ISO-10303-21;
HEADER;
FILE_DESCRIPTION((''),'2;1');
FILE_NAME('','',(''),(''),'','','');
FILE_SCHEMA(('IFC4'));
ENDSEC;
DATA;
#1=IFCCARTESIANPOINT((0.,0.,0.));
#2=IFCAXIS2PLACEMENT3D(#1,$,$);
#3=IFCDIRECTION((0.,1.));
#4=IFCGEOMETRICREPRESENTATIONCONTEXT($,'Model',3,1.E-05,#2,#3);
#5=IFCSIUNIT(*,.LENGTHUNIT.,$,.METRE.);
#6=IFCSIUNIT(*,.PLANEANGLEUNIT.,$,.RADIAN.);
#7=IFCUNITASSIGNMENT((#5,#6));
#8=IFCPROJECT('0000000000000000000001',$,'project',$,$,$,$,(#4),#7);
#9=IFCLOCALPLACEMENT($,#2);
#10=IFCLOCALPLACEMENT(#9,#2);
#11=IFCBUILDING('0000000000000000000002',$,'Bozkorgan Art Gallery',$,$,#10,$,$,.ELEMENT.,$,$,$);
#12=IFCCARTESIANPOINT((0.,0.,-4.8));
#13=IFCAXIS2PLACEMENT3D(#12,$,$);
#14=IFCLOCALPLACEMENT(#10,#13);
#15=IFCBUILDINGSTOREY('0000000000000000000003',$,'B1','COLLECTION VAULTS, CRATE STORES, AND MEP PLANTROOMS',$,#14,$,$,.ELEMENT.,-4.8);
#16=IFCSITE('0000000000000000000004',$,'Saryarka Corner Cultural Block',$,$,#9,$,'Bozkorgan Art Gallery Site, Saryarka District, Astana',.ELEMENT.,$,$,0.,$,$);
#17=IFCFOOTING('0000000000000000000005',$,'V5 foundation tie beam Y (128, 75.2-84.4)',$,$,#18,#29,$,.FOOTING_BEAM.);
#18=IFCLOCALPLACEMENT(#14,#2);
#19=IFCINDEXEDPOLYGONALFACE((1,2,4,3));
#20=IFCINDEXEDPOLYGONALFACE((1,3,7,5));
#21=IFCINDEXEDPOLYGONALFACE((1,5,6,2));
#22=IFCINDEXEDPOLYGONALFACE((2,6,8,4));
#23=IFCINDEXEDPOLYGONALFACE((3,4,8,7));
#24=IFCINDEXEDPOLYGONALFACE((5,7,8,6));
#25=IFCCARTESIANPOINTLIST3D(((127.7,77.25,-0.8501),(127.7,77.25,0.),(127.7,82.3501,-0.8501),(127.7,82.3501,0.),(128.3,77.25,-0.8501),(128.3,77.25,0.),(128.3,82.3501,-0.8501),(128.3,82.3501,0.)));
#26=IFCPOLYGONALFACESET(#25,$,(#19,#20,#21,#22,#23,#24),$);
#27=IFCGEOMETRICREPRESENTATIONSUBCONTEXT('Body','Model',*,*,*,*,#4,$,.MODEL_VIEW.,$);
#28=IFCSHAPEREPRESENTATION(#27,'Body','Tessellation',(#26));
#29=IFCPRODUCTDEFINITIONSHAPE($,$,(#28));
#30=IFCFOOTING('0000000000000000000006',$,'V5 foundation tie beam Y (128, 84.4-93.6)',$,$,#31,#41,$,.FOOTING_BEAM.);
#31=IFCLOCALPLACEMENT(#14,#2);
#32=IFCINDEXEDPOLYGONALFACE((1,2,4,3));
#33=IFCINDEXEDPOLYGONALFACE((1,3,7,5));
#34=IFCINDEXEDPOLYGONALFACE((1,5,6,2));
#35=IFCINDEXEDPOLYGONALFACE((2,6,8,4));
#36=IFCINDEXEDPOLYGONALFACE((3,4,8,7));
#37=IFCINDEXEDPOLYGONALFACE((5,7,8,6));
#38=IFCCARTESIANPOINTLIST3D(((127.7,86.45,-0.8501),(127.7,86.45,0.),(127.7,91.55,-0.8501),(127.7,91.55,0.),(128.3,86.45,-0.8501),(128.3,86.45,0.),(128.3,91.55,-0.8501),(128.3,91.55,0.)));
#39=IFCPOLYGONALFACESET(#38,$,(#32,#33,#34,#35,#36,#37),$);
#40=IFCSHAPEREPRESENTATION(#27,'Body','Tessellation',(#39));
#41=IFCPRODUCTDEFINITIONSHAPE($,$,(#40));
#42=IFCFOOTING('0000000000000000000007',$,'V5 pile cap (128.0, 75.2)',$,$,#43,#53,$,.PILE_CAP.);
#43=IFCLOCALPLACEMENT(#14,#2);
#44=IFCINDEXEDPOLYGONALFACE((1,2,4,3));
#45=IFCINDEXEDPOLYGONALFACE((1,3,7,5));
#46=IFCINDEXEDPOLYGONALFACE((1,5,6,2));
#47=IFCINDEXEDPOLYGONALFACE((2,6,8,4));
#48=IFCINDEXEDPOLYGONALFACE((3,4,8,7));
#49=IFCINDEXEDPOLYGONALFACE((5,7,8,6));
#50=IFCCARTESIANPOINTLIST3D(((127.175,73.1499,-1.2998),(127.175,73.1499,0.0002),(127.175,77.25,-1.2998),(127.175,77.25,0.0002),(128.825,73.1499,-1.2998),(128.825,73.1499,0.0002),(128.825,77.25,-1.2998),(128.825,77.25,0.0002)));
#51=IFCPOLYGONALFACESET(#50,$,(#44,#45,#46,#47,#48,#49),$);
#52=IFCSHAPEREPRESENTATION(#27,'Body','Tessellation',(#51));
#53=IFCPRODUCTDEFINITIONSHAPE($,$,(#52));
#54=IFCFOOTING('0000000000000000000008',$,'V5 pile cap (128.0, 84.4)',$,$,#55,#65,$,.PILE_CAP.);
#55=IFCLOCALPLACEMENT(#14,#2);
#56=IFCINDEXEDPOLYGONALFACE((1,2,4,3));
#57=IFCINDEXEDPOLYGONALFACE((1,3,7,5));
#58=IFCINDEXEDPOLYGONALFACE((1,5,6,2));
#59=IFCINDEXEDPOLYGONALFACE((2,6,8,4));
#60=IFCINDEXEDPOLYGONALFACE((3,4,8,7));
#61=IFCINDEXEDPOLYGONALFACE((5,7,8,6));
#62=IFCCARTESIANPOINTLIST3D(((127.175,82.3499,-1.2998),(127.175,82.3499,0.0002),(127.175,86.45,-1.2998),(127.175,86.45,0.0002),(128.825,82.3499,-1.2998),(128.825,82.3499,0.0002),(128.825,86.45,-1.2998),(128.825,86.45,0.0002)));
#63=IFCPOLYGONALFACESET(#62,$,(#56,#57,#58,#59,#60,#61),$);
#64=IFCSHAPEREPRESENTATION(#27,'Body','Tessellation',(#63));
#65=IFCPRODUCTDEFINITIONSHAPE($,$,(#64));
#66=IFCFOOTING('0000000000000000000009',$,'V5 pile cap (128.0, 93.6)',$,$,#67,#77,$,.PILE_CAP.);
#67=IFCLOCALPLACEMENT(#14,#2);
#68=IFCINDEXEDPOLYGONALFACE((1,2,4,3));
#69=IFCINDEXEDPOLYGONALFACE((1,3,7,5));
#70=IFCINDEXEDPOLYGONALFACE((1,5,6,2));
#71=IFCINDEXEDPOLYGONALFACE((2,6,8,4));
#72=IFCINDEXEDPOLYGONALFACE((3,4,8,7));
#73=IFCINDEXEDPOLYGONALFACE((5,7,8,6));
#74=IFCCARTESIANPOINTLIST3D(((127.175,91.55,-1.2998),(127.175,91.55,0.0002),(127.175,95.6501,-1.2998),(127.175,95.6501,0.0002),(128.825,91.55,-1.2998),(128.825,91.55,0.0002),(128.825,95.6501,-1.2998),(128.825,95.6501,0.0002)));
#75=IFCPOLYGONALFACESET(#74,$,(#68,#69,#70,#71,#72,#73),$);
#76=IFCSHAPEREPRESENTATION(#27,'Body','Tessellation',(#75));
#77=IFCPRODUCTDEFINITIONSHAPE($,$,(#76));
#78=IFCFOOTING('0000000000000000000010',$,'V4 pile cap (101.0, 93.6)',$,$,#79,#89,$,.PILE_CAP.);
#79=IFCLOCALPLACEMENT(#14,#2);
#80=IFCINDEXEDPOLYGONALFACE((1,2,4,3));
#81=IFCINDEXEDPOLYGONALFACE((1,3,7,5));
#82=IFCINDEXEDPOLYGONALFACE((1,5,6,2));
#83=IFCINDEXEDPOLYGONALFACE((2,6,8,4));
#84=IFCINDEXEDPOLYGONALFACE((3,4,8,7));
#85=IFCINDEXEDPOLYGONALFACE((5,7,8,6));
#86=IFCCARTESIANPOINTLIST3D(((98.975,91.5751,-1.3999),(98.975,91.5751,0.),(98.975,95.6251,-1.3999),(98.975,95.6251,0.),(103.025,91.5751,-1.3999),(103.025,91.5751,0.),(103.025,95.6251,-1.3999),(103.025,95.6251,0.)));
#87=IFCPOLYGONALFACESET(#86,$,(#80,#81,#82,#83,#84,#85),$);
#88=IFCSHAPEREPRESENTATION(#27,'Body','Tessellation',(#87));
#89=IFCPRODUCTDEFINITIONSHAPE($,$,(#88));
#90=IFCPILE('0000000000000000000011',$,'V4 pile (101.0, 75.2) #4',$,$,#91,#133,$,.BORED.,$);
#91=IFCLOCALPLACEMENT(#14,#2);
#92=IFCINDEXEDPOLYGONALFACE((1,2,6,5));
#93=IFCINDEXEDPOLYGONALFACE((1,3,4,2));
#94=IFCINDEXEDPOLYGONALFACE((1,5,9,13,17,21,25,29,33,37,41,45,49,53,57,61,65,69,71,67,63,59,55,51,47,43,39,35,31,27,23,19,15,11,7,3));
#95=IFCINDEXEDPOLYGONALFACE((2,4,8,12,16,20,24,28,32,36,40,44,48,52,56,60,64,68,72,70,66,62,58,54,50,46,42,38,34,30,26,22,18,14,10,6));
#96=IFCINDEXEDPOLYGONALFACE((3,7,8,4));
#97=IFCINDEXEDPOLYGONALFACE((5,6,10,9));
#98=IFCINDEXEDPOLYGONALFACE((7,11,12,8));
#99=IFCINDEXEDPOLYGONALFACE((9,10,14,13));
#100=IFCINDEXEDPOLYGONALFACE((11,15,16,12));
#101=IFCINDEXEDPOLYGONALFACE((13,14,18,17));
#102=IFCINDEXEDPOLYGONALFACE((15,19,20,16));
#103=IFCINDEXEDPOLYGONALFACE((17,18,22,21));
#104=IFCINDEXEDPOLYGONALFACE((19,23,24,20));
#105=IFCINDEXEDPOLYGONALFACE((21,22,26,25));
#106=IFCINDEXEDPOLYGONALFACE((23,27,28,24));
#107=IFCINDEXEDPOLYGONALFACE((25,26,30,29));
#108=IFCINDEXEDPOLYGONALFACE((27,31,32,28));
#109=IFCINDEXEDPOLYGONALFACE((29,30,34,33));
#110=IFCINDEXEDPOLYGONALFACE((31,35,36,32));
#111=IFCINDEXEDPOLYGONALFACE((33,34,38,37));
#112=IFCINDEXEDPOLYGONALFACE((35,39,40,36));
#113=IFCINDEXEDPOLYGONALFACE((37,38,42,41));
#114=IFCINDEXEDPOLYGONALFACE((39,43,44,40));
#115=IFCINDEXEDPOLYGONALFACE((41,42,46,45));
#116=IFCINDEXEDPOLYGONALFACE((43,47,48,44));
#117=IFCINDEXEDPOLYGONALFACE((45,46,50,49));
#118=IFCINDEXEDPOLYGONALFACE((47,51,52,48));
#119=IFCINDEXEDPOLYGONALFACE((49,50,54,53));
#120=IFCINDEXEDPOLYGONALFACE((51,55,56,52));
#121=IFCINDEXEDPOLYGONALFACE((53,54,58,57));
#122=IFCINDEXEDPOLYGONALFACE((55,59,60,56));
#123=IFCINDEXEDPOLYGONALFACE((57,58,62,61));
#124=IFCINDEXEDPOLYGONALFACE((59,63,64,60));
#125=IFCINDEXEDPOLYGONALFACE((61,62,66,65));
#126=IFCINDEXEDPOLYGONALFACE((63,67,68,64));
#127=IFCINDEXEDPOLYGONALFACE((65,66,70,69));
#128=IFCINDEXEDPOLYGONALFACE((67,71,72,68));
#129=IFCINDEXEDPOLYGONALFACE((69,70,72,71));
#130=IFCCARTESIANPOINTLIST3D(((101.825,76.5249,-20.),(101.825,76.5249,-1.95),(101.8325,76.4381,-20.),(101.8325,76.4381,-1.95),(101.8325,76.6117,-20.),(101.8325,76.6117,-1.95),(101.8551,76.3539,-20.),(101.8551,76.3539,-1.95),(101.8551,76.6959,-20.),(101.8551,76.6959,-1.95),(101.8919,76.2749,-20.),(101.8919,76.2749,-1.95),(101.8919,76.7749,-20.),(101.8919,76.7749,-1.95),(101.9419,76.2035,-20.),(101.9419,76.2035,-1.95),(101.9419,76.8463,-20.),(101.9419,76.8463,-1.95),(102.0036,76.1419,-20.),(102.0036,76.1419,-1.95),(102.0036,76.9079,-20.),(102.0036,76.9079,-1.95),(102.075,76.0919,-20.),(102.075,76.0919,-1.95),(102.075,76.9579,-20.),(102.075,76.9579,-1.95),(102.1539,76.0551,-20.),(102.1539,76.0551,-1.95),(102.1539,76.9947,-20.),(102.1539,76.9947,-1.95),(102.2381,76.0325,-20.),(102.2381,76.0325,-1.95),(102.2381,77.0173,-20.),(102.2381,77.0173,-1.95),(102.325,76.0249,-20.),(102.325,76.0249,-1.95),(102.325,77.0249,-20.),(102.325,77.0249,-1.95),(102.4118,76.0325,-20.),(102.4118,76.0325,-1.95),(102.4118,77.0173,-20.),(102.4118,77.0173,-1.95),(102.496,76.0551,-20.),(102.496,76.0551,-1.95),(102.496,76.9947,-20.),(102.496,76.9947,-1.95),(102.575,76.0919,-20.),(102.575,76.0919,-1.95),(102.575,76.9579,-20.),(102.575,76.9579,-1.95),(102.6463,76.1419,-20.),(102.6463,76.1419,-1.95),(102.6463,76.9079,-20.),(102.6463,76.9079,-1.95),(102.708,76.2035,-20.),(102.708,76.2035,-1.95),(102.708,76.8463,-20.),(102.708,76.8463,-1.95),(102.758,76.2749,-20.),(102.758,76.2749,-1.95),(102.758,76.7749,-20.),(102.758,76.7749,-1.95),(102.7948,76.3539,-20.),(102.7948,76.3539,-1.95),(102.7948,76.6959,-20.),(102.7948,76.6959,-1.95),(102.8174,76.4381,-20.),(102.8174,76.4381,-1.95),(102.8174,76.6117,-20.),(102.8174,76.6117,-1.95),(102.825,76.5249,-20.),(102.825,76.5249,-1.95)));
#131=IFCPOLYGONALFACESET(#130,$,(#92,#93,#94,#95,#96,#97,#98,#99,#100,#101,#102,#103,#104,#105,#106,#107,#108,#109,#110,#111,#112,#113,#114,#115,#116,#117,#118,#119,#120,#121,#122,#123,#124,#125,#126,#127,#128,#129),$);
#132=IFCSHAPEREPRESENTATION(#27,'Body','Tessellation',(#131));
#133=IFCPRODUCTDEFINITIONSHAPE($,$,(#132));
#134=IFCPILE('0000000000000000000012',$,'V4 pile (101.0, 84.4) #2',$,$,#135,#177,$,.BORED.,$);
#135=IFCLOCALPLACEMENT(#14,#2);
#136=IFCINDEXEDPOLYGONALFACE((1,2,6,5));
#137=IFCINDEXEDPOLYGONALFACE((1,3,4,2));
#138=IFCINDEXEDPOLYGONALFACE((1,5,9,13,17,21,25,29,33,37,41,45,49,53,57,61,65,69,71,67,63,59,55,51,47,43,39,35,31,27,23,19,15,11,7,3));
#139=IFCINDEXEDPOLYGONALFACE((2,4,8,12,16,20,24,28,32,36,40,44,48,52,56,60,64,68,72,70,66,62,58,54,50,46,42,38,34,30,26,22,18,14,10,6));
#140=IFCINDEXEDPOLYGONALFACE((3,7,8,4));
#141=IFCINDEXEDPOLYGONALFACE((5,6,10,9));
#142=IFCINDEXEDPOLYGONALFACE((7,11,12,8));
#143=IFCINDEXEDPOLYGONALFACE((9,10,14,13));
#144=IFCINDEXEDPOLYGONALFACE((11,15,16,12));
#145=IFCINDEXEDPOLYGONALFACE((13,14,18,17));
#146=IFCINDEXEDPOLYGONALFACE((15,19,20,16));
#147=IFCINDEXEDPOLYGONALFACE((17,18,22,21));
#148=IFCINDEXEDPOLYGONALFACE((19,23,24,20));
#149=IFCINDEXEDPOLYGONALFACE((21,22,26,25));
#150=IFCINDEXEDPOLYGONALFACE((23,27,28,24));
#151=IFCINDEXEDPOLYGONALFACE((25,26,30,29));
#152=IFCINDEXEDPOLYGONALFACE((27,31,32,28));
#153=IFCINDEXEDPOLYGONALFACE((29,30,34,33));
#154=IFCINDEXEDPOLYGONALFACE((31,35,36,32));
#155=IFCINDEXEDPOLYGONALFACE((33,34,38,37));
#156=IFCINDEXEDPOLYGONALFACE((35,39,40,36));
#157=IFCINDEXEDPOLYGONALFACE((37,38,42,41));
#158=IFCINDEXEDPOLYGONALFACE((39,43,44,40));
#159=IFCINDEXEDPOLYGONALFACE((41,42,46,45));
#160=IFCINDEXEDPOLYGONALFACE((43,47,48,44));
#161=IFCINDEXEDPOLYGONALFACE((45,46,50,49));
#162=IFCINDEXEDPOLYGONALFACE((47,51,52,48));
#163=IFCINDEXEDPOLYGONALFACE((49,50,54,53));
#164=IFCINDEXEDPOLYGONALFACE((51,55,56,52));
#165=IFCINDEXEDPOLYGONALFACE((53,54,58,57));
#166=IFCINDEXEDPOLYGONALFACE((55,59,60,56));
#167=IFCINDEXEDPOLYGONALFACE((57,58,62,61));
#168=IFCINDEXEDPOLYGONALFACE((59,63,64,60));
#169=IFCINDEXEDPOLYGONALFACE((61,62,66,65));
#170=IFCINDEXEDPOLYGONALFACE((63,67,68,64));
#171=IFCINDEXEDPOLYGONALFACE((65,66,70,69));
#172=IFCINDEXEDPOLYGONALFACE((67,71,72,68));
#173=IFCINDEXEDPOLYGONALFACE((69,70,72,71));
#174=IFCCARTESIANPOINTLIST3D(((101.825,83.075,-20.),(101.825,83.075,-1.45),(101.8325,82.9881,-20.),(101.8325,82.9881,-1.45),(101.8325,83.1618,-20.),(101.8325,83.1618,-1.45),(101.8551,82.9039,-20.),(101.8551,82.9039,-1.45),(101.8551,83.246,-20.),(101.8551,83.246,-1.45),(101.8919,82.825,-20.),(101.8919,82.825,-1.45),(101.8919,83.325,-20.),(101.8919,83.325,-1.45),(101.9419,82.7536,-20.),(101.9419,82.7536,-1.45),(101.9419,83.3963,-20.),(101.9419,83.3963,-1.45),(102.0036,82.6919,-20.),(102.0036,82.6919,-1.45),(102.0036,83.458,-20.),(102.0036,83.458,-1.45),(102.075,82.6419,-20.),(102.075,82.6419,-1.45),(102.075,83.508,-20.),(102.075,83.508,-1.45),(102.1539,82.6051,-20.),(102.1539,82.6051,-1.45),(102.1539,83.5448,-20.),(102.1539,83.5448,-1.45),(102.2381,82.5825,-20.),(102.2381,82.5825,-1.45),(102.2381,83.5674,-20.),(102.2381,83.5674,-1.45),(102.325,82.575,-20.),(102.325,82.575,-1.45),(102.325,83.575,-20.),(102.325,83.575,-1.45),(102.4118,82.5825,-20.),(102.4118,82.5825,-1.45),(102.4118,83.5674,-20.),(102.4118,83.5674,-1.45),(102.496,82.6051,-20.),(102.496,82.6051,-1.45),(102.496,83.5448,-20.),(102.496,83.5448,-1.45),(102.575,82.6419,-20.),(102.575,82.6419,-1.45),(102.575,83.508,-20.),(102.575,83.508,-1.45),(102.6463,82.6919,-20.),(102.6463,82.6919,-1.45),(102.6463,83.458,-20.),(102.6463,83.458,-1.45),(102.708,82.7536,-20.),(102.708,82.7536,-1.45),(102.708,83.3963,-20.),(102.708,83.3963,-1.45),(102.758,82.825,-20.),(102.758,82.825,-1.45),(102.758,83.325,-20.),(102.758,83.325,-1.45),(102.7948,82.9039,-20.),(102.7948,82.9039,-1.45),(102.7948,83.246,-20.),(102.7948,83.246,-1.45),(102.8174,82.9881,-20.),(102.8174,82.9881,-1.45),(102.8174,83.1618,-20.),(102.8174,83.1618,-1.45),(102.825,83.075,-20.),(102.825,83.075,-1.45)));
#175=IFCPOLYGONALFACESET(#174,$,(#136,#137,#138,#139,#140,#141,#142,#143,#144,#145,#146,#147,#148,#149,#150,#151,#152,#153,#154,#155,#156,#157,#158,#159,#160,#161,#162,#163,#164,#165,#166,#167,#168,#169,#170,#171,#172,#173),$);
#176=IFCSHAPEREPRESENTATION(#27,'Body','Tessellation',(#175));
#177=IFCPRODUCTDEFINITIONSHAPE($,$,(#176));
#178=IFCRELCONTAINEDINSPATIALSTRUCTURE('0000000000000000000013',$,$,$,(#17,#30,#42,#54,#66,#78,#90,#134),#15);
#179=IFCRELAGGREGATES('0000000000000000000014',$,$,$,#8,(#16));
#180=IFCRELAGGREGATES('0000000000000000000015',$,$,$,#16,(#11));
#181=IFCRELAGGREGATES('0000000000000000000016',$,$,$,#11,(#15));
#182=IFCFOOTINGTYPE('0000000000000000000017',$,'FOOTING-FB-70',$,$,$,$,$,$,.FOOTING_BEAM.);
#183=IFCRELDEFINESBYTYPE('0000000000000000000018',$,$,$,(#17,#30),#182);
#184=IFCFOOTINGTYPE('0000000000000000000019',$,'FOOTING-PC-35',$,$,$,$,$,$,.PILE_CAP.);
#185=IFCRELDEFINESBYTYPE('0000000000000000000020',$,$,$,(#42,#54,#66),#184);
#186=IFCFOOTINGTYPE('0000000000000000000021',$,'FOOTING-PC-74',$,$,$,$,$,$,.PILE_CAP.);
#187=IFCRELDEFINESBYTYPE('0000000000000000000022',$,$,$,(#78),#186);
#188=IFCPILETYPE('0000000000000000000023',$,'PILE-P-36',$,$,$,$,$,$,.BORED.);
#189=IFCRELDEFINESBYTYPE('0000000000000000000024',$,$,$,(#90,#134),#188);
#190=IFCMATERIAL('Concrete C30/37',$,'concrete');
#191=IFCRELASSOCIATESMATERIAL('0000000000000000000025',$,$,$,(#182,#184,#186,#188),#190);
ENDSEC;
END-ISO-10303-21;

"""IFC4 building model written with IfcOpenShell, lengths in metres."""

from ifc_helpers import new_model, si_unit, direction, frame, origin, origin_2d, place, context, subcontext, project, spatial, rectangle, circle, extrude, material, material_profile, profile_set, type_object, element, save


model = new_model("IFC4")

# Units and contexts
model_context = context("Model", 3, precision=1e-05, world=origin(), true_north=direction((0.0, 1.0)))
body_context = subcontext(model_context, "Body", "Model", "MODEL_VIEW")
ifc_project = project(units=[si_unit("LENGTHUNIT", "METRE"), si_unit("PLANEANGLEUNIT", "RADIAN")], contexts=[model_context])

# Site, building, storey
site_placement = place(None, origin())
site = spatial("IfcSite", under=ifc_project, at=site_placement, Name="Saryarka Corner Cultural Block", LongName="Bozkorgan Art Gallery Site, Saryarka District, Astana", CompositionType="ELEMENT", RefElevation=0.0)
building_placement = place(site_placement, origin())
building = spatial("IfcBuilding", under=site, at=building_placement, Name="Bozkorgan Art Gallery", CompositionType="ELEMENT")
storey_placement = place(building_placement, frame((0.0, 0.0, -4.8)))
storey = spatial("IfcBuildingStorey", under=building, at=storey_placement, Name="B1", Description="COLLECTION VAULTS, CRATE STORES, AND MEP PLANTROOMS", CompositionType="ELEMENT", Elevation=-4.8)

# Footings
ifc_material_1 = material(Name="Concrete C30/37", Category="concrete")
ifc_material_profile_1 = material_profile(ifc_material_1, rectangle(XDim=0.6001, YDim=0.8501, at=origin_2d()), Name="FND 600x850")
ifc_profile_set_1 = profile_set([ifc_material_profile_1], Name="Concrete C30/37")
footing_type_1 = type_object("IfcFootingType", Name="FOOTING-FB-70", PredefinedType="FOOTING_BEAM", material=ifc_profile_set_1)
for number, where, z_axis, x_axis, name in (
    (1, (128.0, 77.25, -0.425), (0.0, 1.0, 0.0), (-1.0, 0.0, 0.0), "V5 foundation tie beam Y (128, 75.2-84.4)"),
    (2, (128.0, 86.45, -0.425), (0.0, 1.0, 0.0), (-1.0, 0.0, 0.0), "V5 foundation tie beam Y (128, 84.4-93.6)"),
):
    element("IfcFooting", number, at=place(storey_placement, frame(where, z_axis=z_axis, x_axis=x_axis)), inside=storey, type_object=footing_type_1, Name=name, PredefinedType="FOOTING_BEAM", context=body_context, shape_type="SweptSolid", body=[
        extrude(rectangle(XDim=0.6001, YDim=0.8501, at=origin_2d()), origin(), (0.0, 0.0, 1.0), 5.1001),
    ])
footing_type_2 = type_object("IfcFootingType", Name="FOOTING-PC-35", PredefinedType="PILE_CAP", material=ifc_material_1)
for number, where, z_axis, x_axis, name in (
    (3, (128.0, 75.2, -1.2998), (0.0, 0.0, 1.0), (1.0, 0.0, 0.0), "V5 pile cap (128.0, 75.2)"),
    (4, (128.0, 84.3999, -1.2998), (0.0, 0.0, 1.0), (1.0, 0.0, 0.0), "V5 pile cap (128.0, 84.4)"),
    (5, (128.0, 93.6001, -1.2998), (0.0, 0.0, 1.0), (1.0, 0.0, 0.0), "V5 pile cap (128.0, 93.6)"),
):
    element("IfcFooting", number, at=place(storey_placement, frame(where, z_axis=z_axis, x_axis=x_axis)), inside=storey, type_object=footing_type_2, Name=name, PredefinedType="PILE_CAP", context=body_context, shape_type="SweptSolid", body=[
        extrude(rectangle(XDim=1.6499, YDim=4.1001, at=origin_2d()), origin(), (0.0, 0.0, 1.0), 1.3),
    ])
footing_type_3 = type_object("IfcFootingType", Name="FOOTING-PC-74", PredefinedType="PILE_CAP", material=ifc_material_1)
footing_placement = place(storey_placement, frame((101.0, 93.6001, -1.3999), z_axis=(0.0, 0.0, 1.0), x_axis=(1.0, 0.0, 0.0)))
element("IfcFooting", 6, at=footing_placement, inside=storey, type_object=footing_type_3, Name="V4 pile cap (101.0, 93.6)", PredefinedType="PILE_CAP", context=body_context, shape_type="SweptSolid", body=[
    extrude(rectangle(XDim=4.05, YDim=4.05, at=origin_2d()), origin(), (0.0, 0.0, 1.0), 1.3999),
])

# Piles
ifc_material_profile_2 = material_profile(ifc_material_1, circle(Radius=0.5, at=origin_2d()), Name="PILE D1000")
ifc_profile_set_2 = profile_set([ifc_material_profile_2], Name="Concrete C30/37")
pile_type_1 = type_object("IfcPileType", Name="PILE-P-36", PredefinedType="BORED", material=ifc_profile_set_2)
pile_1_placement = place(storey_placement, frame((102.325, 76.5249, -1.95), z_axis=(0.0, 0.0, -1.0), x_axis=(1.0, 0.0, 0.0)))
element("IfcPile", 7, at=pile_1_placement, inside=storey, type_object=pile_type_1, Name="V4 pile (101.0, 75.2) #4", PredefinedType="BORED", context=body_context, shape_type="SweptSolid", body=[
    extrude(circle(Radius=0.5, at=origin_2d()), origin(), (0.0, 0.0, 1.0), 18.05),
])
for number, where, z_axis, x_axis, name in (
    (8, (102.325, 83.075, -1.45), (0.0, 0.0, -1.0), (1.0, 0.0, 0.0), "V4 pile (101.0, 84.4) #2"),
):
    element("IfcPile", number, at=place(storey_placement, frame(where, z_axis=z_axis, x_axis=x_axis)), inside=storey, type_object=pile_type_1, Name=name, PredefinedType="BORED", context=body_context, shape_type="SweptSolid", body=[
        extrude(circle(Radius=0.5, at=origin_2d()), origin(), (0.0, 0.0, 1.0), 18.55),
    ])

save(model, "model.ifc")
